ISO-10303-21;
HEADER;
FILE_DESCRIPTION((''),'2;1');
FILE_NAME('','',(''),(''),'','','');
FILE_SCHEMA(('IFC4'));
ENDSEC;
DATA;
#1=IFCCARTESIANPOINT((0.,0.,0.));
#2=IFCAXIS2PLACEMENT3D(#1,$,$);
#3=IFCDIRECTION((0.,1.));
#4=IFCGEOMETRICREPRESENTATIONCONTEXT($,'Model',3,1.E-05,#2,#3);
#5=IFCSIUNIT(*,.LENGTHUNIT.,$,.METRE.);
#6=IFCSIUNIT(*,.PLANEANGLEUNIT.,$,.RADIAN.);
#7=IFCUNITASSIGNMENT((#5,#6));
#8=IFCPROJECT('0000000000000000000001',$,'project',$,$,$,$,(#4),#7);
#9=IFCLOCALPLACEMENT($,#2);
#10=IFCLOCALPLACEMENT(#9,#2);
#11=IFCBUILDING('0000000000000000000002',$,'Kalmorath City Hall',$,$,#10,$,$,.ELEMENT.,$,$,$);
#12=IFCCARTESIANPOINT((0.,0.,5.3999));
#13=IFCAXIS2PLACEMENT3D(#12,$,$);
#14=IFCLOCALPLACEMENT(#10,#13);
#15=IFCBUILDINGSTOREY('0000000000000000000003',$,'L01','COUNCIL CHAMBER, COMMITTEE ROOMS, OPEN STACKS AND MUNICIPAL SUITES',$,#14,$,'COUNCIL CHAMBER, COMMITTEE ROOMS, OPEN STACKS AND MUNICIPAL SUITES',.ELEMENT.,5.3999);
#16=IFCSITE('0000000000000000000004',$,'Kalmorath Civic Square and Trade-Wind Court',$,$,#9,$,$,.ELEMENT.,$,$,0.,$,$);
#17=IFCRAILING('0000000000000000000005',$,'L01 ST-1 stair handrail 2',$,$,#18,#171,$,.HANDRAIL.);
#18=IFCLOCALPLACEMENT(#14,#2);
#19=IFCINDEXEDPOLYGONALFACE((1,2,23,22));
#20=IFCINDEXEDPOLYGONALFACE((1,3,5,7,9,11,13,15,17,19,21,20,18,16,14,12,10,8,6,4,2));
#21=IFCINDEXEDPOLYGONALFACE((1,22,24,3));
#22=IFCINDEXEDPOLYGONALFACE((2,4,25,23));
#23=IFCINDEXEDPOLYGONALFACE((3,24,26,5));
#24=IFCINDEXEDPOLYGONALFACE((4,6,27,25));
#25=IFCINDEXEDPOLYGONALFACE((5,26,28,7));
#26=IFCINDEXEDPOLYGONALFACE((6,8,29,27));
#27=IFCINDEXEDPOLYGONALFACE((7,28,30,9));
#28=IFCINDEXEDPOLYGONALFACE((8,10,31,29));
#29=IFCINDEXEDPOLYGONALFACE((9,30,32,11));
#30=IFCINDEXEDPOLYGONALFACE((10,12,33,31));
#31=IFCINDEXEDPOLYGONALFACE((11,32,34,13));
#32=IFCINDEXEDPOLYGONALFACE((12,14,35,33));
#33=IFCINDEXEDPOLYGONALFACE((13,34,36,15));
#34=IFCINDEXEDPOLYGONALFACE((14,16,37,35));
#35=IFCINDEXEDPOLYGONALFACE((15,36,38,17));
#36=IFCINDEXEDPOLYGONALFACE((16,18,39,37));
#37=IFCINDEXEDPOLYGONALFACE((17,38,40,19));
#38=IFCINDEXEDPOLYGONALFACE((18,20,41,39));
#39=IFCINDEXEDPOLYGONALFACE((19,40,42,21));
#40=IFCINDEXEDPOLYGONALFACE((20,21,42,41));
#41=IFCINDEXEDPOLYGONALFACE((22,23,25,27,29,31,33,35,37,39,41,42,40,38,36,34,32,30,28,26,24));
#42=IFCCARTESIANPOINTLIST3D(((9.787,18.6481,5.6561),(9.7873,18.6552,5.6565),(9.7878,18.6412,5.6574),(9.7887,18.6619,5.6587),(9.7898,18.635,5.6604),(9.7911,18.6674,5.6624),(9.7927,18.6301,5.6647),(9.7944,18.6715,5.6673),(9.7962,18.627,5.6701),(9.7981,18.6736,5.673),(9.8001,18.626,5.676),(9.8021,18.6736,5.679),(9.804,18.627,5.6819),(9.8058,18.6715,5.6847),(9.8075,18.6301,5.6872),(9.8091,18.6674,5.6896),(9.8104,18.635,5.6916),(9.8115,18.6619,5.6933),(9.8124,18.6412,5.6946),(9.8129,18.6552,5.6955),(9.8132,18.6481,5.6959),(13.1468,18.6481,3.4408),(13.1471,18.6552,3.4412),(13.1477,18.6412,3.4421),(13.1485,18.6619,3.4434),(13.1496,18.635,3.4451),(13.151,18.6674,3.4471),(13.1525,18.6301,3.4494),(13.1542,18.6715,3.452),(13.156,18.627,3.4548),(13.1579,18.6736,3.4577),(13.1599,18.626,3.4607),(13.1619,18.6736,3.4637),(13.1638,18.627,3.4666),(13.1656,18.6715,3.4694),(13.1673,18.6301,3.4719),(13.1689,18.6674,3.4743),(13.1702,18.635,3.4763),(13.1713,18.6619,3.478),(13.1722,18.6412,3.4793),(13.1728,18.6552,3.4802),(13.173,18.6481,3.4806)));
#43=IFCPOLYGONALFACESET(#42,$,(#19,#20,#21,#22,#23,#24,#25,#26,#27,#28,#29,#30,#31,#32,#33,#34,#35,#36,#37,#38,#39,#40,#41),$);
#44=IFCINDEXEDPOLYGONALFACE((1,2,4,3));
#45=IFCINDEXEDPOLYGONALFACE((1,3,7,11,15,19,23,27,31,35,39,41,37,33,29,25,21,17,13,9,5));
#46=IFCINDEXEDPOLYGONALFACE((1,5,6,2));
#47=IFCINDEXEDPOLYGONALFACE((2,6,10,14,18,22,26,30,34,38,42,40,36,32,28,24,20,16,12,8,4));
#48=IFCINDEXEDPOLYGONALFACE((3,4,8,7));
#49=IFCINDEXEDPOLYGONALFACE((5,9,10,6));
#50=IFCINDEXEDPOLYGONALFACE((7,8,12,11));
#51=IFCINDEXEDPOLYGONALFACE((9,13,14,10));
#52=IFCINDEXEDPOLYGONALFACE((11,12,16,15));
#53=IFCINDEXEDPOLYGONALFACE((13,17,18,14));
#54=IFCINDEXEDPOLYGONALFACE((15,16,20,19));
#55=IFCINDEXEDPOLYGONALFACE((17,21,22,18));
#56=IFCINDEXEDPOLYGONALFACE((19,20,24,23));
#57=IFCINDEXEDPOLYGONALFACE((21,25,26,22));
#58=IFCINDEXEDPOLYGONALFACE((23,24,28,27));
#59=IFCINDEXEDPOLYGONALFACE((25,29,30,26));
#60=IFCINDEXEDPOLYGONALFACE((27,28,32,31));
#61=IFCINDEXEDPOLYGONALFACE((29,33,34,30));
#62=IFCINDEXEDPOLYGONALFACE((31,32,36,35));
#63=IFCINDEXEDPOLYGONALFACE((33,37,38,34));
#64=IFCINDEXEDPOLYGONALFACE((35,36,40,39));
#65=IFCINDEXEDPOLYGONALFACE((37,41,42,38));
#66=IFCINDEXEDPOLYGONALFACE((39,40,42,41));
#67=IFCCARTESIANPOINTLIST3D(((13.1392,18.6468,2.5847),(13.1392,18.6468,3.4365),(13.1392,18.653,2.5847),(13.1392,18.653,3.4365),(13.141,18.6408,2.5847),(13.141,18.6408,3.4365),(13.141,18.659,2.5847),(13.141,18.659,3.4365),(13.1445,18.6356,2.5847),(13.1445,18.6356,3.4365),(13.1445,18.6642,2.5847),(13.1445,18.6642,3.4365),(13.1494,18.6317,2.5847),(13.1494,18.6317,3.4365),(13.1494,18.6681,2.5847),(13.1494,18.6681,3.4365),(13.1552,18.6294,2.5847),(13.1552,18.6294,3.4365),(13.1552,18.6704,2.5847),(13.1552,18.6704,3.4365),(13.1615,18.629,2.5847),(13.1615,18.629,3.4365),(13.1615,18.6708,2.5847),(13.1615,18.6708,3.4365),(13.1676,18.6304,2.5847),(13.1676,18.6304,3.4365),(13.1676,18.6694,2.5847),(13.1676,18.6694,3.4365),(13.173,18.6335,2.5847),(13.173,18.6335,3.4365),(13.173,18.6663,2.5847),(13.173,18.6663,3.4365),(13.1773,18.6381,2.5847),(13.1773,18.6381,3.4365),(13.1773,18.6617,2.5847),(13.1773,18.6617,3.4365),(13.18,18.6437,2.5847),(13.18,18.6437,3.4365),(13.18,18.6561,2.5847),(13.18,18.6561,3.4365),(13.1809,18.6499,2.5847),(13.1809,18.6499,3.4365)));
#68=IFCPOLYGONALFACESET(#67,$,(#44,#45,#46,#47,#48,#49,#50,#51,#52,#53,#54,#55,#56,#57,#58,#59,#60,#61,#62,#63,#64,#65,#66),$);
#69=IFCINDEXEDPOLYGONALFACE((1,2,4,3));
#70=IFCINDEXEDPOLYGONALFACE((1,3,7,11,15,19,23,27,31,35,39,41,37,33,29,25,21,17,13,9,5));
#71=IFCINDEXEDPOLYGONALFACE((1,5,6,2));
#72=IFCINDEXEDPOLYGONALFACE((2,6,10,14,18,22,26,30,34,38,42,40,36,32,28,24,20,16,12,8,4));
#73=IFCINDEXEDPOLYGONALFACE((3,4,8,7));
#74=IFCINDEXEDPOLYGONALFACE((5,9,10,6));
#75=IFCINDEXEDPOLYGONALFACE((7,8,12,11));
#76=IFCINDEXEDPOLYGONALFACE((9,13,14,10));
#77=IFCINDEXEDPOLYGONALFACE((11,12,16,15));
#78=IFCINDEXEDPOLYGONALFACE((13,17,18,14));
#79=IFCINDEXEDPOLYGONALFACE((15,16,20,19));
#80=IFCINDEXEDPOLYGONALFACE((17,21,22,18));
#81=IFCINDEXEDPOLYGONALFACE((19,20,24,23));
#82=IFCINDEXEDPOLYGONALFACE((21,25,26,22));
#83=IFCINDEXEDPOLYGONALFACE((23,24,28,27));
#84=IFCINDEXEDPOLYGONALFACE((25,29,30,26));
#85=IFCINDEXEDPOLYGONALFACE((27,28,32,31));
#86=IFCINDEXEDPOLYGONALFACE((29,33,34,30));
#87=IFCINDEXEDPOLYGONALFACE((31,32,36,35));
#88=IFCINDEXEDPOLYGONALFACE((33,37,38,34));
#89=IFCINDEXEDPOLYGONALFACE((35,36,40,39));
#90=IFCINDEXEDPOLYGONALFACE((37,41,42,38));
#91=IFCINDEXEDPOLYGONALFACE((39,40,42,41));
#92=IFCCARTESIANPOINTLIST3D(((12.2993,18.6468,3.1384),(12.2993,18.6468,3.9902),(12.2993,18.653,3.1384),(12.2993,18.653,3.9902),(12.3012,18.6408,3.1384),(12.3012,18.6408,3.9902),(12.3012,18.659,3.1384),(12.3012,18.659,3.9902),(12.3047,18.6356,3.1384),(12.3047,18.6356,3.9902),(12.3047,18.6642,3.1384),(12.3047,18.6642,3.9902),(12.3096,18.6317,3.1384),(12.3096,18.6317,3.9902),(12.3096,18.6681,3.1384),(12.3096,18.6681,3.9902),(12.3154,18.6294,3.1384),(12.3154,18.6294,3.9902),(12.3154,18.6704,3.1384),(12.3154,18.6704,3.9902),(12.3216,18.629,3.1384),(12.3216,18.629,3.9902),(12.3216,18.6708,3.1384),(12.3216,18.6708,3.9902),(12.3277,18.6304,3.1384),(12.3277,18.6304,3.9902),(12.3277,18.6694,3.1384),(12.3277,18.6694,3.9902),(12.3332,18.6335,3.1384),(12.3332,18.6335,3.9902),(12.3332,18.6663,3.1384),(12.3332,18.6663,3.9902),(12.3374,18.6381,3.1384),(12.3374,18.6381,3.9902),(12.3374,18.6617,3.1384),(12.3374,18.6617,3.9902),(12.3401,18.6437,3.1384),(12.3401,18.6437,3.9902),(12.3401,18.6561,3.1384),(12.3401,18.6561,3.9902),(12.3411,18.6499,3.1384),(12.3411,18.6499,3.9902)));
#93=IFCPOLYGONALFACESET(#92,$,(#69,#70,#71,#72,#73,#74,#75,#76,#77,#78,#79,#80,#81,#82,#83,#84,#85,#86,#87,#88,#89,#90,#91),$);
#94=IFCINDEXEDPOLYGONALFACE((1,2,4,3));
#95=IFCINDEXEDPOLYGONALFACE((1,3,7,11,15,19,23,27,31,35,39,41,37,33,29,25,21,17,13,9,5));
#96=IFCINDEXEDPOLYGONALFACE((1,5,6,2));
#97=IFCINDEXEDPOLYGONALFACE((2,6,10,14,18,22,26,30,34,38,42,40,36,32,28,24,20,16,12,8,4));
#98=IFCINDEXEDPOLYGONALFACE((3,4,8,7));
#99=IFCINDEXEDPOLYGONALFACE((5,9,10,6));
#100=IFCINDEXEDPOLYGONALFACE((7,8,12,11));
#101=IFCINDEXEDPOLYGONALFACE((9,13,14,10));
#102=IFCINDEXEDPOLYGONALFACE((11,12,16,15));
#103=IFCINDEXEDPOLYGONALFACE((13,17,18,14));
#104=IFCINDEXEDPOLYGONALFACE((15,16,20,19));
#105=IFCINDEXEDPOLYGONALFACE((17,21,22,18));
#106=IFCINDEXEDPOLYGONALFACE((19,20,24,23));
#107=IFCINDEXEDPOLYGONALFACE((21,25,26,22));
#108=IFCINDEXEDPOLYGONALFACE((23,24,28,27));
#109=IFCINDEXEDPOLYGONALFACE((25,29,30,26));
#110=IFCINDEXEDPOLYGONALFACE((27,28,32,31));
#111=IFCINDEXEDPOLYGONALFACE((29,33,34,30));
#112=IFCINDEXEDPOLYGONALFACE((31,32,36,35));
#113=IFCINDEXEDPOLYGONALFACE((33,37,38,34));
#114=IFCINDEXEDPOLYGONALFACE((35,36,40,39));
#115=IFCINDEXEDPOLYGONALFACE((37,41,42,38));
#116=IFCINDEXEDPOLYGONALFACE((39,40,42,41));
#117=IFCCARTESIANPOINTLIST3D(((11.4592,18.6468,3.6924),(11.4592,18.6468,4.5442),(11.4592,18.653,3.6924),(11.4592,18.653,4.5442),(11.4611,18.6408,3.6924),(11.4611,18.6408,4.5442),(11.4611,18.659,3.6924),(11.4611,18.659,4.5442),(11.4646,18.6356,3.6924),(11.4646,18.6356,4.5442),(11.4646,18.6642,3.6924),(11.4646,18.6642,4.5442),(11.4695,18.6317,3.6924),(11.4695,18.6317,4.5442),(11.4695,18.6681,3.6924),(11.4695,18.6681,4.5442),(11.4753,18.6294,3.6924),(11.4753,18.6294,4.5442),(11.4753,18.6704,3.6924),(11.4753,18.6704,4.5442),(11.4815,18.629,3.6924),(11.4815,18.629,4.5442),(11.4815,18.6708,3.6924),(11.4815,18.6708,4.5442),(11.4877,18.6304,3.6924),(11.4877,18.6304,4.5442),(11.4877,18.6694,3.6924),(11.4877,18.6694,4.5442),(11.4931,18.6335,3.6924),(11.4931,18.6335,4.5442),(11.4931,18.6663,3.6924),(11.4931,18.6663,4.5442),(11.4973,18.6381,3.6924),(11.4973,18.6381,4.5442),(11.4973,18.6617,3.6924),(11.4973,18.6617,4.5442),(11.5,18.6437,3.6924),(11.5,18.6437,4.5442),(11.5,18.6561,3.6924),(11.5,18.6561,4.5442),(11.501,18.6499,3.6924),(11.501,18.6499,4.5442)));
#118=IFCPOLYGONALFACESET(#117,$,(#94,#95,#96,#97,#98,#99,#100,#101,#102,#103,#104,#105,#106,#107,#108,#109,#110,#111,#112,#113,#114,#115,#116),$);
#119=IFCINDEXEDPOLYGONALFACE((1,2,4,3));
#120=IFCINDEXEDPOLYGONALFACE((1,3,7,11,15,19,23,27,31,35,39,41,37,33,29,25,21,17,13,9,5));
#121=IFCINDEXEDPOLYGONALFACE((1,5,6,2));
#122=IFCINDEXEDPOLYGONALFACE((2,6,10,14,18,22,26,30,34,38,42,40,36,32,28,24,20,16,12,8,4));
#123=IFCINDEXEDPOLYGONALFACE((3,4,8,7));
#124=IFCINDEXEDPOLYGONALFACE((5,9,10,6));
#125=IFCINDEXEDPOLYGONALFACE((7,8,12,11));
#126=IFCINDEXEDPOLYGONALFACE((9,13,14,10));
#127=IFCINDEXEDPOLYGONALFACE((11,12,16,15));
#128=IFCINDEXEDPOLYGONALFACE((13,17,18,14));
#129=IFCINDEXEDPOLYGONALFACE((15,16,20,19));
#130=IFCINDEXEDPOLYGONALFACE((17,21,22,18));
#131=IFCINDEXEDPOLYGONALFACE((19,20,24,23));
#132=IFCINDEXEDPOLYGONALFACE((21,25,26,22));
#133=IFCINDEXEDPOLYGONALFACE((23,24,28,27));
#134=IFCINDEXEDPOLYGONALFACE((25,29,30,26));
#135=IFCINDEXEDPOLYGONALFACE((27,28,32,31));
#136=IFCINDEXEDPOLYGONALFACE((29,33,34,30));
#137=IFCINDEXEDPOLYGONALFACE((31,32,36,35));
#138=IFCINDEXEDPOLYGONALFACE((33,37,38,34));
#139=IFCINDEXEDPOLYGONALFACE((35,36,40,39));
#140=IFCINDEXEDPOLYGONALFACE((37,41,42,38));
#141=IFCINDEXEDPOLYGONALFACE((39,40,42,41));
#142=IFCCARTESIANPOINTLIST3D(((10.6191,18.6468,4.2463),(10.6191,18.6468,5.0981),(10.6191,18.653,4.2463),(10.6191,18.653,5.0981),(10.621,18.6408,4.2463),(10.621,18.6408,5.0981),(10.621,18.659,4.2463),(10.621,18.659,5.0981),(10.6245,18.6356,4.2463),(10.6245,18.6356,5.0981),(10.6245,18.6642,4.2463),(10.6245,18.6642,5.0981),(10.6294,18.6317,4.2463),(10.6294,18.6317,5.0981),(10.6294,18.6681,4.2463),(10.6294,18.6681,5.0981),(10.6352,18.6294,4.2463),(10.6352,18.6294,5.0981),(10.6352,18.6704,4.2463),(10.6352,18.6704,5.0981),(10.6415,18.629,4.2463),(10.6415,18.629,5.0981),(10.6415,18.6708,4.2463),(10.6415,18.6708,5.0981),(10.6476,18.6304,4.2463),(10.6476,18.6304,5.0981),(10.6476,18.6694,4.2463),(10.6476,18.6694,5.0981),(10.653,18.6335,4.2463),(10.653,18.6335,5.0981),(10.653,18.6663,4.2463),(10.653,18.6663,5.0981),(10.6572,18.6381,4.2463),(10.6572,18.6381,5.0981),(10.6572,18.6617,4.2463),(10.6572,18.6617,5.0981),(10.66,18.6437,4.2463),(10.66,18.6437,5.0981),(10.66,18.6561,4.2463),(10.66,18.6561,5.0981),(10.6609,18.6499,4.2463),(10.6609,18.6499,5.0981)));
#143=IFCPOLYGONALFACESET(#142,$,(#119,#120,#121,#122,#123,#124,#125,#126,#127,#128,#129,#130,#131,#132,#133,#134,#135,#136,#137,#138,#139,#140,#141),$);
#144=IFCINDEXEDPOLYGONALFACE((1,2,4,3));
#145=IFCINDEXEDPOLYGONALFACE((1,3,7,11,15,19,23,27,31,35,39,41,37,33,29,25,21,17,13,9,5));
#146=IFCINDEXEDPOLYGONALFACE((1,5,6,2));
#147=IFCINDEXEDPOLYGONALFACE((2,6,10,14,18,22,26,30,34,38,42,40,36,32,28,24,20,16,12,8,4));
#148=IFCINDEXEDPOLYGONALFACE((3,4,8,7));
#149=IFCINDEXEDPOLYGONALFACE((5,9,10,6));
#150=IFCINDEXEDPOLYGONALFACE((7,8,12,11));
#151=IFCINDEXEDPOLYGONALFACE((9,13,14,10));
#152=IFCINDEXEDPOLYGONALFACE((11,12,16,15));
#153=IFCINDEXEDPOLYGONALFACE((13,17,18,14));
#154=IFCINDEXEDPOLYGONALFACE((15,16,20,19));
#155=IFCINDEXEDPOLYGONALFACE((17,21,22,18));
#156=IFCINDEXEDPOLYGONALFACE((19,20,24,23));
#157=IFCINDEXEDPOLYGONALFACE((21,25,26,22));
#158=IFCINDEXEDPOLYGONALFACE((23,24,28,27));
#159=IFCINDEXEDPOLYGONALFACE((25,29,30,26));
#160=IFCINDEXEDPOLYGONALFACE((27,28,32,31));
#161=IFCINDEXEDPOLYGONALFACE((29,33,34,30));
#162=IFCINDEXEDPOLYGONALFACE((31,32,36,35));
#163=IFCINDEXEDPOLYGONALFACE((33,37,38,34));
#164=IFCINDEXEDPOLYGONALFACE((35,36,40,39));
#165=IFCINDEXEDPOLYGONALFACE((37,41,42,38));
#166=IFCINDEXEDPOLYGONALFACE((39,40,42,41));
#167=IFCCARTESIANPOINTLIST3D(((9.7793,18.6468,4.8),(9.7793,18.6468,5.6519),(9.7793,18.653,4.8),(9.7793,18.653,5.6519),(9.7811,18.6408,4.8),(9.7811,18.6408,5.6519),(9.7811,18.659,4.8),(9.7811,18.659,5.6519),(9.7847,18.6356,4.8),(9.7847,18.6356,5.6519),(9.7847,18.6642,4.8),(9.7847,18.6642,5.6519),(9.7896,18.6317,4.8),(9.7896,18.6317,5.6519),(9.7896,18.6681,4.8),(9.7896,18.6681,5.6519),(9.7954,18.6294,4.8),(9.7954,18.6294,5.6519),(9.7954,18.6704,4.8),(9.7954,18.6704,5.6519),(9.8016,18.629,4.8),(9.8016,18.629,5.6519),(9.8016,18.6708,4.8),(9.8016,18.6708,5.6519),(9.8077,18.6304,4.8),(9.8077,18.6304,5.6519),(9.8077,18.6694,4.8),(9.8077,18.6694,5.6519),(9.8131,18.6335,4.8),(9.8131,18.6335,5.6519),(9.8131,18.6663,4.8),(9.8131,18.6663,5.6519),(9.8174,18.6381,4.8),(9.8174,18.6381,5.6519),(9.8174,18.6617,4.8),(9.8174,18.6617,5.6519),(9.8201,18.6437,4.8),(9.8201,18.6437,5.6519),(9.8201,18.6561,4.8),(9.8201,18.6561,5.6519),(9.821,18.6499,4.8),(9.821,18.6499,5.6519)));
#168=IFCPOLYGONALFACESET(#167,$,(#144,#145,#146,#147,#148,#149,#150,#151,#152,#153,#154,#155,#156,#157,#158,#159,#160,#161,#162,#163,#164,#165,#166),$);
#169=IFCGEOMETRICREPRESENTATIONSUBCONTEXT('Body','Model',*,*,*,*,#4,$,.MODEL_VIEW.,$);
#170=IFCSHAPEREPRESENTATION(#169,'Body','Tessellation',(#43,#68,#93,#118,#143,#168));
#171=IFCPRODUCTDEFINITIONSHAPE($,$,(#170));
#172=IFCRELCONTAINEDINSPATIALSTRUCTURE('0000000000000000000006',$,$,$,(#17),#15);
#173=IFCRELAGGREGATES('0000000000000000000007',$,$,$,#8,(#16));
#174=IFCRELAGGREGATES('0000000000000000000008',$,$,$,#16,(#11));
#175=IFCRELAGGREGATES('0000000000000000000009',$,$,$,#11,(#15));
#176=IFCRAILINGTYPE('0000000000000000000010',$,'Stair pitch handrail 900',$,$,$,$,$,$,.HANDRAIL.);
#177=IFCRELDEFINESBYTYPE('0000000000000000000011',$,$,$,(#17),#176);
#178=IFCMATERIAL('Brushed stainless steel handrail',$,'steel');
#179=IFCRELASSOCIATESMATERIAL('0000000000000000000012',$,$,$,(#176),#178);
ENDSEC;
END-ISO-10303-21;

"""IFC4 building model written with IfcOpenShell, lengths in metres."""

from ifc_helpers import new_model, si_unit, direction, frame, origin, origin_2d, place, context, subcontext, project, spatial, circle, extrude, material, type_object, element, save


model = new_model("IFC4")

# Units and contexts
model_context = context("Model", 3, precision=1e-05, world=origin(), true_north=direction((0.0, 1.0)))
body_context = subcontext(model_context, "Body", "Model", "MODEL_VIEW")
ifc_project = project(units=[si_unit("LENGTHUNIT", "METRE"), si_unit("PLANEANGLEUNIT", "RADIAN")], contexts=[model_context])

# Site, building, storey
site_placement = place(None, origin())
site = spatial("IfcSite", under=ifc_project, at=site_placement, Name="Kalmorath Civic Square and Trade-Wind Court", CompositionType="ELEMENT", RefElevation=0.0)
building_placement = place(site_placement, origin())
building = spatial("IfcBuilding", under=site, at=building_placement, Name="Kalmorath City Hall", CompositionType="ELEMENT")
storey_placement = place(building_placement, frame((0.0, 0.0, 5.3999)))
storey = spatial("IfcBuildingStorey", under=building, at=storey_placement, Name="L01", Description="COUNCIL CHAMBER, COMMITTEE ROOMS, OPEN STACKS AND MUNICIPAL SUITES", LongName="COUNCIL CHAMBER, COMMITTEE ROOMS, OPEN STACKS AND MUNICIPAL SUITES", CompositionType="ELEMENT", Elevation=5.3999)

# Railing
ifc_material_1 = material(Name="Brushed stainless steel handrail", Category="steel")
railing_type_1 = type_object("IfcRailingType", Name="Stair pitch handrail 900", PredefinedType="HANDRAIL", material=ifc_material_1)
railing_1_placement = place(storey_placement, frame((13.1599, 18.6499, 2.5847)))
element("IfcRailing", 1, at=railing_1_placement, inside=storey, type_object=railing_type_1, Name="L01 ST-1 stair handrail 2", PredefinedType="HANDRAIL", context=body_context, shape_type="SweptSolid", body=[
    extrude(circle(Radius=0.0239, at=origin_2d()), frame((0.0, 0.0, 0.876), z_axis=(-0.834858, 0.0, 0.550465), x_axis=(0.0, -1.0, 0.0)), (0.0, 0.0, 1.0), 4.0244),
    extrude(circle(Radius=0.021, at=origin_2d()), origin(), (0.0, 0.0, 1.0), 0.8518),
    extrude(circle(Radius=0.021, at=origin_2d()), frame((-0.8398, 0.0, 0.5537)), (0.0, 0.0, 1.0), 0.8518),
    extrude(circle(Radius=0.021, at=origin_2d()), frame((-1.6799, 0.0, 1.1077)), (0.0, 0.0, 1.0), 0.8518),
    extrude(circle(Radius=0.021, at=origin_2d()), frame((-2.52, 0.0, 1.6616)), (0.0, 0.0, 1.0), 0.8518),
    extrude(circle(Radius=0.021, at=origin_2d()), frame((-3.3599, 0.0, 2.2153)), (0.0, 0.0, 1.0), 0.8518),
])

save(model, "model.ifc")
